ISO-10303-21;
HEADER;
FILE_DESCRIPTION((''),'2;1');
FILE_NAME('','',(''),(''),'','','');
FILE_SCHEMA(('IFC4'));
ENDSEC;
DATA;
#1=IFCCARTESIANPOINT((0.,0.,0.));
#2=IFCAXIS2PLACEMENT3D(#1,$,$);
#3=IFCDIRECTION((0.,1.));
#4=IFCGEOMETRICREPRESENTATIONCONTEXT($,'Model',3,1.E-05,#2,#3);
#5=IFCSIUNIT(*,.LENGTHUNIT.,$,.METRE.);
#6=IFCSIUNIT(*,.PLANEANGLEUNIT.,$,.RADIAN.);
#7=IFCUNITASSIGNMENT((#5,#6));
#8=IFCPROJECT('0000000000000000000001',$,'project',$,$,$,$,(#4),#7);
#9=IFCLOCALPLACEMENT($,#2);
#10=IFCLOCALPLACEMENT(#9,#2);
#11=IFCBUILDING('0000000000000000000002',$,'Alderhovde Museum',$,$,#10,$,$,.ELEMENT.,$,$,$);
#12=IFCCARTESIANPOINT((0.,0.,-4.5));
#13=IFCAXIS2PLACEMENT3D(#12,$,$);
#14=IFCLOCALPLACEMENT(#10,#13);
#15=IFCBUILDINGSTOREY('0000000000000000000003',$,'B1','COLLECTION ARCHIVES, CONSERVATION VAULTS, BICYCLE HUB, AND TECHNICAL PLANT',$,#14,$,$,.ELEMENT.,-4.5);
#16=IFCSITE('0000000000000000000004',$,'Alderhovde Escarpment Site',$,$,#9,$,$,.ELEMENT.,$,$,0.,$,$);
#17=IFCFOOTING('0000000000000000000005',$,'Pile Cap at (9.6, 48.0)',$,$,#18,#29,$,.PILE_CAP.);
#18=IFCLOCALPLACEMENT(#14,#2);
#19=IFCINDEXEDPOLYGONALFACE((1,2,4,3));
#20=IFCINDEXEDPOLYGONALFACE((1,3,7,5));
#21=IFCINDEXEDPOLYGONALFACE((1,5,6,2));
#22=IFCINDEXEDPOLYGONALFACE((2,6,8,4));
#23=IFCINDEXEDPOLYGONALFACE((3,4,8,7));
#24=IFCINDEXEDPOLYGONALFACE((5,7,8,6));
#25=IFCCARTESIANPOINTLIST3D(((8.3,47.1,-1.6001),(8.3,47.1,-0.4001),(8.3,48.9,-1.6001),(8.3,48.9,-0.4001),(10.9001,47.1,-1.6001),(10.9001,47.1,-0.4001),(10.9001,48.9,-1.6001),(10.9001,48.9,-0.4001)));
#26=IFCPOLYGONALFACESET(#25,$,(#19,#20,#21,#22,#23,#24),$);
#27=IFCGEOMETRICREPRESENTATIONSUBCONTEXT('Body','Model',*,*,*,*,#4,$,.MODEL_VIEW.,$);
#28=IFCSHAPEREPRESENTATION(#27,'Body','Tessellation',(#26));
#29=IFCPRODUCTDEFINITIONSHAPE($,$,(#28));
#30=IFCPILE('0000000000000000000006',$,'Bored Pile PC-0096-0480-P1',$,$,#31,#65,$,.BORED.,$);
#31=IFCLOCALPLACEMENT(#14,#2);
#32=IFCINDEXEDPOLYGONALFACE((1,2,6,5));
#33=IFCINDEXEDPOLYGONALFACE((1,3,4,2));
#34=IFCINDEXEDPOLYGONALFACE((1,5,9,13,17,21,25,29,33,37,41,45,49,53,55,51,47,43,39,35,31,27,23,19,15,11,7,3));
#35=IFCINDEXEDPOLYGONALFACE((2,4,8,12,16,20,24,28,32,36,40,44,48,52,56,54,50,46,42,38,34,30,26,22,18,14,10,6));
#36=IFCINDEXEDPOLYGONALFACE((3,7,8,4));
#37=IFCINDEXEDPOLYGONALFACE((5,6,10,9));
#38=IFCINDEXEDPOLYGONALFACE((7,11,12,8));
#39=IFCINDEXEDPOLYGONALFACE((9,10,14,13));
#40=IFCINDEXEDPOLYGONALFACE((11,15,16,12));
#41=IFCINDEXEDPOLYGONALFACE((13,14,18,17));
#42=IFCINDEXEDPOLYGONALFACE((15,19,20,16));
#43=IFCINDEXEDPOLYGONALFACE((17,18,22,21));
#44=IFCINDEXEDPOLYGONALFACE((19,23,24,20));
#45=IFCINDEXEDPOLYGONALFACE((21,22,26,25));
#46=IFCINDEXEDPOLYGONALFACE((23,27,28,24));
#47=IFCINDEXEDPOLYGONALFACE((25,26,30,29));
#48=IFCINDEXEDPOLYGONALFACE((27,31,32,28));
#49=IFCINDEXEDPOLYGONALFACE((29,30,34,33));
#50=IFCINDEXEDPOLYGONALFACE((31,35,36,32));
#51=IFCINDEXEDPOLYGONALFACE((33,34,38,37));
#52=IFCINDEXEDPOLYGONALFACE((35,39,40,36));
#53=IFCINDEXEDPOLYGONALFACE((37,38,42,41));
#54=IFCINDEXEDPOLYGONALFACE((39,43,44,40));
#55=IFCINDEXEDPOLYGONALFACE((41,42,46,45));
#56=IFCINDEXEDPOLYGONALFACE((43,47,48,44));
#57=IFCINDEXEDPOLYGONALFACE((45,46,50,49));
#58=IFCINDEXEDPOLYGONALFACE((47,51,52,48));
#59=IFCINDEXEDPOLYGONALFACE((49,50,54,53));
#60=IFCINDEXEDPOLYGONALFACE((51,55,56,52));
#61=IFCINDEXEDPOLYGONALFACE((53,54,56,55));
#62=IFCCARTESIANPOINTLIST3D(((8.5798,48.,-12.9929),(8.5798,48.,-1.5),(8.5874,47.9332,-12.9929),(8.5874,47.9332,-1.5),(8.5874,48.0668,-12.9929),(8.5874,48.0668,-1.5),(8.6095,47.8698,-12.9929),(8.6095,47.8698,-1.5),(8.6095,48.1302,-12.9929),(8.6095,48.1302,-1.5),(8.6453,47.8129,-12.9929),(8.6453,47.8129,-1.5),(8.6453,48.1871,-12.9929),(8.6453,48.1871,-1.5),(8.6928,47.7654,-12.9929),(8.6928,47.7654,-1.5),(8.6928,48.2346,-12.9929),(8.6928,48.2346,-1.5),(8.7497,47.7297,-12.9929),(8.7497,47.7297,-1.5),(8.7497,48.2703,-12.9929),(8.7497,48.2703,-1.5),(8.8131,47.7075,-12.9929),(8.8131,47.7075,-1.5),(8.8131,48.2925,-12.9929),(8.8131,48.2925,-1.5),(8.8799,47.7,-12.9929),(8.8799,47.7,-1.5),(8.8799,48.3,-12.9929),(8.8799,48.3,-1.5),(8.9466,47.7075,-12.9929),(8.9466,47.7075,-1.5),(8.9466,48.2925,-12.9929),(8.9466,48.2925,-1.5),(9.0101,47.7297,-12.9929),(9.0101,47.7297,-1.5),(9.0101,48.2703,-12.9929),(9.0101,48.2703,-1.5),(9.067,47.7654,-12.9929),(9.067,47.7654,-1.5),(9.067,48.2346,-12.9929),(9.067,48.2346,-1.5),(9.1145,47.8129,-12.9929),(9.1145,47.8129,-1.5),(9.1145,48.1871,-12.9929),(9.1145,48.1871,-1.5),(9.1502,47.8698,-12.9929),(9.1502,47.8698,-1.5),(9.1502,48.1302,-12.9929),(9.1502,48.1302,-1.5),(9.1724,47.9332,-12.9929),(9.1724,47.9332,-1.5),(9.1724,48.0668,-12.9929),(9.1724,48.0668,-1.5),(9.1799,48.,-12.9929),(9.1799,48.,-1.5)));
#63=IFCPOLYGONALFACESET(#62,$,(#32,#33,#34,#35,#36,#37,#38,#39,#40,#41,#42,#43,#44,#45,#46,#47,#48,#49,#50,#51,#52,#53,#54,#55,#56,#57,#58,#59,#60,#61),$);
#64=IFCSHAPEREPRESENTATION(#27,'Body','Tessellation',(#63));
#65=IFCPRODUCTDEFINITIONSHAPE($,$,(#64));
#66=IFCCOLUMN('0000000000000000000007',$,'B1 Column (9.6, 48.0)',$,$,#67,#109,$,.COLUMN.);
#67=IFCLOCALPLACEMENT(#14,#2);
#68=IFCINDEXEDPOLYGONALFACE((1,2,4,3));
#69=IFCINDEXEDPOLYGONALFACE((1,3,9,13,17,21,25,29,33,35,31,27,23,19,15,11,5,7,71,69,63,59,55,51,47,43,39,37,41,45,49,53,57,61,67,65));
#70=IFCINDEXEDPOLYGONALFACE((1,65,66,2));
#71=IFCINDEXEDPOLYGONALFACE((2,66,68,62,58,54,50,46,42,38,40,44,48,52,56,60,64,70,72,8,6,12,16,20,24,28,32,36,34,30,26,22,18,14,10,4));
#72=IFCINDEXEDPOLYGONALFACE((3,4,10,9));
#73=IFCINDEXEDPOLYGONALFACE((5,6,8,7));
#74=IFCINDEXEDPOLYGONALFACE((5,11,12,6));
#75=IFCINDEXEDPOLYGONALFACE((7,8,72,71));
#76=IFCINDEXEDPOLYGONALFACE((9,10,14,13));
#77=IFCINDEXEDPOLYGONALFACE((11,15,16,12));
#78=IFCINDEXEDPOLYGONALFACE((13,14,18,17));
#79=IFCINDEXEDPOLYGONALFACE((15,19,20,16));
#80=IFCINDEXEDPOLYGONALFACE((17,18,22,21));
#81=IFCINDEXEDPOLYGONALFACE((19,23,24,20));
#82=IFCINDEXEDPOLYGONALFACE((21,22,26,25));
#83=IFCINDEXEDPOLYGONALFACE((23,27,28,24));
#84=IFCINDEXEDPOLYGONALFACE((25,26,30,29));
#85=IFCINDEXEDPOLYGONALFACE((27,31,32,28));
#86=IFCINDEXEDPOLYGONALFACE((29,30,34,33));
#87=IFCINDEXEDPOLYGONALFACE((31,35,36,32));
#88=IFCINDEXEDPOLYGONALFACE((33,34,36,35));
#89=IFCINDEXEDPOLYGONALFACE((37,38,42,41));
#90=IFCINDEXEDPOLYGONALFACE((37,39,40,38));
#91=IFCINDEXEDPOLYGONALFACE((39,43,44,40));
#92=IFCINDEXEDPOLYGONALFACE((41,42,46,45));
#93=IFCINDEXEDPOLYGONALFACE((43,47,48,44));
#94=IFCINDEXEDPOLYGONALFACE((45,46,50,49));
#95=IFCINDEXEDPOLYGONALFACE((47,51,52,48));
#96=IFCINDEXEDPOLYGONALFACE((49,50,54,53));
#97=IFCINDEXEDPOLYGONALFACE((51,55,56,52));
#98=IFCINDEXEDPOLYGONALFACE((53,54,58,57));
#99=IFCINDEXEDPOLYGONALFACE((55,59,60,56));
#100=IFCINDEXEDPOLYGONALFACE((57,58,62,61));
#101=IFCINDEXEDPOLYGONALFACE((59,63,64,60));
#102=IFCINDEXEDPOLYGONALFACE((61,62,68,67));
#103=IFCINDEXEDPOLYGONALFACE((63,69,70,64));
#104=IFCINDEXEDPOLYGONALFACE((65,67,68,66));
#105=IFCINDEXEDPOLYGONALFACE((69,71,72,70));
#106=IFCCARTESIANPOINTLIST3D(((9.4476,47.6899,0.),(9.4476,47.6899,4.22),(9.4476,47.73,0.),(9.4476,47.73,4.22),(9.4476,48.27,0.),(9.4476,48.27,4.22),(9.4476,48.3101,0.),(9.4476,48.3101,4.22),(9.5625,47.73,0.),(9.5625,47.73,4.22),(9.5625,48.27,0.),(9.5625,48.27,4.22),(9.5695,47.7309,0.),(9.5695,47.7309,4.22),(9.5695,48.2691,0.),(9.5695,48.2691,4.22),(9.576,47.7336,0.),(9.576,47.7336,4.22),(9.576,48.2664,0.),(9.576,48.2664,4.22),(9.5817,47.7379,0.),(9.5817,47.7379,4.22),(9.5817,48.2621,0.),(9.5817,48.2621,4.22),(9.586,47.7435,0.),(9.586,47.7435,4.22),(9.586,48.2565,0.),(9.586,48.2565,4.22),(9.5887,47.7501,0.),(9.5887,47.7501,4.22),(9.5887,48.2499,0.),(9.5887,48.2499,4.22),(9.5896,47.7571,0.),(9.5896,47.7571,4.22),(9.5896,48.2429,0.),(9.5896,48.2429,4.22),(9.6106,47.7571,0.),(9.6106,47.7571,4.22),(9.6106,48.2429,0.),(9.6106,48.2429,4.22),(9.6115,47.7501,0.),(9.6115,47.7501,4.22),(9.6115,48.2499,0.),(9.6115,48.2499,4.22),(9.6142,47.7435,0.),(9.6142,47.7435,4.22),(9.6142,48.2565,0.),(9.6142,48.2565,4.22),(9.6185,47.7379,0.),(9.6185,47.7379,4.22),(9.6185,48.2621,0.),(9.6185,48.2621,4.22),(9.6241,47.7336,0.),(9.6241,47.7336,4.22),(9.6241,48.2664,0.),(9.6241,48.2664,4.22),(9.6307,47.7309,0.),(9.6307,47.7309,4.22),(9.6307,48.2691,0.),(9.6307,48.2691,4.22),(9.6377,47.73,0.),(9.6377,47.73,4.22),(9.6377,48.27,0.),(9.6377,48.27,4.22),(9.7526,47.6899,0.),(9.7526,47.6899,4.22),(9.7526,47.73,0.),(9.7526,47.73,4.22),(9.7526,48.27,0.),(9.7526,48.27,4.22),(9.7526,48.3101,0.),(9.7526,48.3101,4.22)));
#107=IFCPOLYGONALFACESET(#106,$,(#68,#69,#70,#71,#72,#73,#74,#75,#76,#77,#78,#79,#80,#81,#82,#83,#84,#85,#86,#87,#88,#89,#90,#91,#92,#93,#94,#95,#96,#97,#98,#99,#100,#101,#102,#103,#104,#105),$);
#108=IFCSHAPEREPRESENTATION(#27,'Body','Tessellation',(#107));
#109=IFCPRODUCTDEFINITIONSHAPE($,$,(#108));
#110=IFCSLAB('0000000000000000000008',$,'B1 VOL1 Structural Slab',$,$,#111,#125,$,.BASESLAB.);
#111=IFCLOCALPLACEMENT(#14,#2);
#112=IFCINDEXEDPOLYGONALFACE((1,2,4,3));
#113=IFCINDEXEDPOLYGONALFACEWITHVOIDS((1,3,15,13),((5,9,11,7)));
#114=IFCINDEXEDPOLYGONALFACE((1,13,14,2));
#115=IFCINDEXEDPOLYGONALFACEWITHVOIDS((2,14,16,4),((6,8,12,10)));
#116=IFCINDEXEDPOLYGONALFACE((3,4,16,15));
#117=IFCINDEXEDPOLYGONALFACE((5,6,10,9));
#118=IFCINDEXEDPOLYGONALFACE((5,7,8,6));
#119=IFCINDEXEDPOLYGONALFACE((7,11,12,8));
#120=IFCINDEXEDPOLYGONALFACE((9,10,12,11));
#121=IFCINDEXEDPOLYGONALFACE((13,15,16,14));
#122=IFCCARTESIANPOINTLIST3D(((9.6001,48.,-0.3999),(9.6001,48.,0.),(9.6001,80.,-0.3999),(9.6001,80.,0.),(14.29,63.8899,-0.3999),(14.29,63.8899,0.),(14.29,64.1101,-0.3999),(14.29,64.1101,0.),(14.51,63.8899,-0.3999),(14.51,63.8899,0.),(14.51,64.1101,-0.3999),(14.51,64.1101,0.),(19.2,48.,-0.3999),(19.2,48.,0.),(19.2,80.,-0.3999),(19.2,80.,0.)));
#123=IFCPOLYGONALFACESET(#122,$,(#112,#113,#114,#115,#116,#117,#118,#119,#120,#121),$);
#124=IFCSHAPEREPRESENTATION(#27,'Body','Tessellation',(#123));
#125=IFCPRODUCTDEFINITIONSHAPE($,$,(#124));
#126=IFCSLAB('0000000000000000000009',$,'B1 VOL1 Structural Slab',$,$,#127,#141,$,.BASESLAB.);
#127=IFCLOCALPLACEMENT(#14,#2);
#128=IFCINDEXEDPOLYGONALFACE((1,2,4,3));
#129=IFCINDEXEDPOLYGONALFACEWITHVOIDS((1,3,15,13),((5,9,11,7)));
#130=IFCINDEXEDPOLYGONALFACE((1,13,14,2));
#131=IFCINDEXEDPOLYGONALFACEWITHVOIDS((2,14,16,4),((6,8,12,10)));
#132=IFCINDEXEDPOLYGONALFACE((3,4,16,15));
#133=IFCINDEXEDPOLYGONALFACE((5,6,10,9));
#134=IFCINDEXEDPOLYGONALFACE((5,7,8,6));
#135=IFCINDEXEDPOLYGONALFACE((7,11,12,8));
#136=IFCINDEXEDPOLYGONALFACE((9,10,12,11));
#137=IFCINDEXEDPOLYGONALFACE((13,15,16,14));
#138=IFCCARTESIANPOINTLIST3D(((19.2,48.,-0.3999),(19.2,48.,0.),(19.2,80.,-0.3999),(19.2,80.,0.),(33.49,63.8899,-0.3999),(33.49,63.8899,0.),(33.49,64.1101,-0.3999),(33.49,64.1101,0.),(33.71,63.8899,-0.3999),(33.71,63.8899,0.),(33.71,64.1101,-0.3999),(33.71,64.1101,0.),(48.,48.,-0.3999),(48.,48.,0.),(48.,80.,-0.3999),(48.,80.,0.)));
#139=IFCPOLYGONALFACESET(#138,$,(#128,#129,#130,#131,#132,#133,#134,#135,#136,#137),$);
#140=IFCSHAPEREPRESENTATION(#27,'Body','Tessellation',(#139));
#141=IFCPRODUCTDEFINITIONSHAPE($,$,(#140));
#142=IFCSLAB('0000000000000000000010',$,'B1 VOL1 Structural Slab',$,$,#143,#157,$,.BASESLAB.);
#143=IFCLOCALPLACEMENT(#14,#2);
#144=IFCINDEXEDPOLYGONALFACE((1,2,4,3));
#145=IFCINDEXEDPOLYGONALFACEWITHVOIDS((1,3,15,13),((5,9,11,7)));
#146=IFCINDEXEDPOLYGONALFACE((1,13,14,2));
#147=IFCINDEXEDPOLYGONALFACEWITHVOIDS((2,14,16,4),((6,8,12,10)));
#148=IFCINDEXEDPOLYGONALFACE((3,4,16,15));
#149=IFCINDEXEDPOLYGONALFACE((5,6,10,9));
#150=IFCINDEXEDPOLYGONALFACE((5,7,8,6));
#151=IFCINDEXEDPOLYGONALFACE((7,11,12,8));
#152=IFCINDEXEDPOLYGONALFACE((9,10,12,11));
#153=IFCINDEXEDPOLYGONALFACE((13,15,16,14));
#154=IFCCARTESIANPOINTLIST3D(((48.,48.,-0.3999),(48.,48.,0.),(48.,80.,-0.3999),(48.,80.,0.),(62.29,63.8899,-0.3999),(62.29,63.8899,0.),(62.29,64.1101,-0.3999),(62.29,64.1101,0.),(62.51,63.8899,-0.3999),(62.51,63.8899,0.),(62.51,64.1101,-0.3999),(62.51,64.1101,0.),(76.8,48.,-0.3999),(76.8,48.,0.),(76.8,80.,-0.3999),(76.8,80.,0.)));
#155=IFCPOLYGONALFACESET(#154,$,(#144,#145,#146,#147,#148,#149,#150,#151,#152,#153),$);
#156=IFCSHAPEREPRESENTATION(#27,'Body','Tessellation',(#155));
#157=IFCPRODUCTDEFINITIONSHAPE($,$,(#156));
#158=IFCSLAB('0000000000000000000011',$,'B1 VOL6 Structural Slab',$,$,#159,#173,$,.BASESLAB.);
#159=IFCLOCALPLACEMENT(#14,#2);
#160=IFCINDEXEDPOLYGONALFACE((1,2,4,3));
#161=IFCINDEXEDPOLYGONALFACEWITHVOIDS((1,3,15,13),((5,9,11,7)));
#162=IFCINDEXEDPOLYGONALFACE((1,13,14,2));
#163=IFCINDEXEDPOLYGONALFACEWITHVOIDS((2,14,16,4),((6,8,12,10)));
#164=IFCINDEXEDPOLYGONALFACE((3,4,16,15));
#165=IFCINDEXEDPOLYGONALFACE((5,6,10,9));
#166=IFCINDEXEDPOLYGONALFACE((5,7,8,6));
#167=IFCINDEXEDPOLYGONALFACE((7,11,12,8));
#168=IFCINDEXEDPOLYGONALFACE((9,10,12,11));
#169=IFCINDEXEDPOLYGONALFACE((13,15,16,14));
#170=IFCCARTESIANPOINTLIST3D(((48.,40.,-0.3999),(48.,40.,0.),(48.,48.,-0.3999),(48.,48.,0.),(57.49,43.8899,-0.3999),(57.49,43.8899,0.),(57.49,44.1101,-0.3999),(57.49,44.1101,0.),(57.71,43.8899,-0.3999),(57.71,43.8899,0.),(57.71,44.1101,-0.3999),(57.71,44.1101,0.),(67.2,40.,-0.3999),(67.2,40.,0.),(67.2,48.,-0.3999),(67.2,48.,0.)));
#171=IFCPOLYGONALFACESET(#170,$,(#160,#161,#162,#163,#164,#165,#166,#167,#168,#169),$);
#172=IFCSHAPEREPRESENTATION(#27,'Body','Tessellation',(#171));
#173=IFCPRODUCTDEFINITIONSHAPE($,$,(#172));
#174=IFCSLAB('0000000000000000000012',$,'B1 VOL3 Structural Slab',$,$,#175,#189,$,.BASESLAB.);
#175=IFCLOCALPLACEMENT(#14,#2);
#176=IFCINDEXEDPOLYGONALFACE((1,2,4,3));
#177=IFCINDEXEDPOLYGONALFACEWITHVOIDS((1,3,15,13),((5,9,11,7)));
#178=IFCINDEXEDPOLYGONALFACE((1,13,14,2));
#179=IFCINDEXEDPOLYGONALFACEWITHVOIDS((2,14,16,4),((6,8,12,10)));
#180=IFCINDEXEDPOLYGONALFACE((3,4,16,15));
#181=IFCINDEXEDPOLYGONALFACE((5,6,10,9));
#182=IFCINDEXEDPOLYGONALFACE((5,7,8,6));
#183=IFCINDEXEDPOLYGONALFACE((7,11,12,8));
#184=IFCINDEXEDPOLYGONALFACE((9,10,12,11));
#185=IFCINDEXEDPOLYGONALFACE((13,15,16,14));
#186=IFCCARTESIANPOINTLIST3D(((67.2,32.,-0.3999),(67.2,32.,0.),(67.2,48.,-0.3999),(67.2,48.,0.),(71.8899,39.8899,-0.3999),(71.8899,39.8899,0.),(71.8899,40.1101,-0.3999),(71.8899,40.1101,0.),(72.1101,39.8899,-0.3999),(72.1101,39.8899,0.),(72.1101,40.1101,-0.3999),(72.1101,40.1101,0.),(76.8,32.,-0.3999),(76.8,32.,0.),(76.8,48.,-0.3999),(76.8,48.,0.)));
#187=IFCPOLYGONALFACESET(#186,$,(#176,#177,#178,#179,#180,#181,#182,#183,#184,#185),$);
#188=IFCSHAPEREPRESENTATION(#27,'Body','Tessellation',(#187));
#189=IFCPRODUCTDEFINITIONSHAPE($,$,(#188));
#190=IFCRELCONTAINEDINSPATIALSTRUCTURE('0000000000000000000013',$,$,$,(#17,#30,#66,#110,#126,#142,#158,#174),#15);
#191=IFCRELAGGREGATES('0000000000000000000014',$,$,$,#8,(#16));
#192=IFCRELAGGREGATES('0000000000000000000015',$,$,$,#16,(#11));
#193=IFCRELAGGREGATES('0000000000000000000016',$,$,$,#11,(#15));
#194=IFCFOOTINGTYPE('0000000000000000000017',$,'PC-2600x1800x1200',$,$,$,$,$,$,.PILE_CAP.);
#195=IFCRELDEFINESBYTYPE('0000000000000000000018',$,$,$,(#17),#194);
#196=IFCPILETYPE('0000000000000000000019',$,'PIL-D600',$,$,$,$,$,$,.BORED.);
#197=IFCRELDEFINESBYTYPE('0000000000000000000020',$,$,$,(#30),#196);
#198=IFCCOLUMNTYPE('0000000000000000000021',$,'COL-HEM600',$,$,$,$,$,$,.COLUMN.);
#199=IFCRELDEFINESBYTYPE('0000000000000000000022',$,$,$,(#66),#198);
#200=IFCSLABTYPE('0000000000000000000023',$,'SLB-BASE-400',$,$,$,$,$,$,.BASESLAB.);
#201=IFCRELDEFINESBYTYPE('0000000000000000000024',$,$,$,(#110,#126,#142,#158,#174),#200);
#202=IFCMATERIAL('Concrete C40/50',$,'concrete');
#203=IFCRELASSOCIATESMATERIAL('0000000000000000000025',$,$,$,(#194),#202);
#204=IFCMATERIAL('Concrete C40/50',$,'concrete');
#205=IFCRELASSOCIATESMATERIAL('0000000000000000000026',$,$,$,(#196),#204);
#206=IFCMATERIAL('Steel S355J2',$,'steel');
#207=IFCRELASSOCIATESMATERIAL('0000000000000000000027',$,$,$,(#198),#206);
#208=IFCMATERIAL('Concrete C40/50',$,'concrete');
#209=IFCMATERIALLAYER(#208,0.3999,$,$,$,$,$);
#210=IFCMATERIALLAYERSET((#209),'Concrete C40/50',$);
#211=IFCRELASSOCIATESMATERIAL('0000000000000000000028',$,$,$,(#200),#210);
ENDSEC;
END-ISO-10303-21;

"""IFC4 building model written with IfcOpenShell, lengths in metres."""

from ifc_helpers import new_model, si_unit, direction, frame, origin, origin_2d, place, context, subcontext, project, spatial, polyline, rectangle, circle, i_section, outline, extrude, material, layer, layer_set, material_profile, profile_set, type_object, element, save


model = new_model("IFC4")

# Units and contexts
model_context = context("Model", 3, precision=1e-05, world=origin(), true_north=direction((0.0, 1.0)))
body_context = subcontext(model_context, "Body", "Model", "MODEL_VIEW")
ifc_project = project(units=[si_unit("LENGTHUNIT", "METRE"), si_unit("PLANEANGLEUNIT", "RADIAN")], contexts=[model_context])

# Site, building, storey
site_placement = place(None, origin())
site = spatial("IfcSite", under=ifc_project, at=site_placement, Name="Alderhovde Escarpment Site", CompositionType="ELEMENT", RefElevation=0.0)
building_placement = place(site_placement, origin())
building = spatial("IfcBuilding", under=site, at=building_placement, Name="Alderhovde Museum", CompositionType="ELEMENT")
storey_placement = place(building_placement, frame((0.0, 0.0, -4.5)))
storey = spatial("IfcBuildingStorey", under=building, at=storey_placement, Name="B1", Description="COLLECTION ARCHIVES, CONSERVATION VAULTS, BICYCLE HUB, AND TECHNICAL PLANT", CompositionType="ELEMENT", Elevation=-4.5)

# Footing
ifc_material_1 = material(Name="Concrete C40/50", Category="concrete")
footing_type = type_object("IfcFootingType", Name="PC-2600x1800x1200", PredefinedType="PILE_CAP", material=ifc_material_1)
footing_placement = place(storey_placement, frame((9.6001, 48.0, -1.6001), z_axis=(0.0, 0.0, 1.0), x_axis=(1.0, 0.0, 0.0)))
element("IfcFooting", 1, at=footing_placement, inside=storey, type_object=footing_type, Name="Pile Cap at (9.6, 48.0)", PredefinedType="PILE_CAP", context=body_context, shape_type="SweptSolid", body=[
    extrude(rectangle(XDim=2.6001, YDim=1.8, at=origin_2d()), origin(), (0.0, 0.0, 1.0), 1.2),
])

# Pile
ifc_material_2 = material(Name="Concrete C40/50", Category="concrete")
ifc_material_profile_1 = material_profile(ifc_material_2, circle(Radius=0.3, at=origin_2d()), Name="PILE-D600")
ifc_profile_set_1 = profile_set([ifc_material_profile_1], Name="Concrete C40/50")
pile_type = type_object("IfcPileType", Name="PIL-D600", PredefinedType="BORED", material=ifc_profile_set_1)
pile_placement = place(storey_placement, frame((8.8799, 48.0, -1.5), z_axis=(0.0, 0.0, -1.0), x_axis=(1.0, 0.0, 0.0)))
element("IfcPile", 2, at=pile_placement, inside=storey, type_object=pile_type, Name="Bored Pile PC-0096-0480-P1", PredefinedType="BORED", context=body_context, shape_type="SweptSolid", body=[
    extrude(circle(Radius=0.3, at=origin_2d()), origin(), (0.0, 0.0, 1.0), 11.4929),
])

# Column
ifc_material_3 = material(Name="Steel S355J2", Category="steel")
ifc_material_profile_2 = material_profile(ifc_material_3, i_section(OverallWidth=0.3049, OverallDepth=0.6201, WebThickness=0.021, FlangeThickness=0.04, FilletRadius=0.0271, at=origin_2d()), Name="HEM 600")
ifc_profile_set_2 = profile_set([ifc_material_profile_2], Name="Steel S355J2")
column_type = type_object("IfcColumnType", Name="COL-HEM600", PredefinedType="COLUMN", material=ifc_profile_set_2)
column_placement = place(storey_placement, frame((9.6001, 48.0, 0.0), z_axis=(0.0, 0.0, 1.0), x_axis=(1.0, 0.0, 0.0)))
element("IfcColumn", 3, at=column_placement, inside=storey, type_object=column_type, Name="B1 Column (9.6, 48.0)", PredefinedType="COLUMN", context=body_context, shape_type="SweptSolid", body=[
    extrude(i_section(OverallWidth=0.3049, OverallDepth=0.6201, WebThickness=0.021, FlangeThickness=0.04, FilletRadius=0.0271, at=origin_2d()), origin(), (0.0, 0.0, 1.0), 4.22),
])

# Slabs
ifc_material_4 = material(Name="Concrete C40/50", Category="concrete")
ifc_layer_1 = layer(ifc_material_4, 0.3999)
ifc_layer_set_1 = layer_set([ifc_layer_1], Name="Concrete C40/50")
slab_type_1 = type_object("IfcSlabType", Name="SLB-BASE-400", PredefinedType="BASESLAB", material=ifc_layer_set_1)
slab_1_placement = place(storey_placement, frame((0.0, 0.0, -0.3999)))
element("IfcSlab", 4, at=slab_1_placement, inside=storey, type_object=slab_type_1, Name="B1 VOL1 Structural Slab", PredefinedType="BASESLAB", context=body_context, shape_type="SweptSolid", body=[
    extrude(outline(polyline([(9.6001, 48.0), (19.2, 48.0), (19.2, 80.0), (9.6001, 80.0), (9.6001, 48.0)]), holes=[polyline([(14.29, 63.8899), (14.51, 63.8899), (14.51, 64.1101), (14.29, 64.1101), (14.29, 63.8899)])]), origin(), (0.0, 0.0, 1.0), 0.3999),
])
slab_2_placement = place(storey_placement, frame((0.0, 0.0, -0.3999)))
element("IfcSlab", 5, at=slab_2_placement, inside=storey, type_object=slab_type_1, Name="B1 VOL1 Structural Slab", PredefinedType="BASESLAB", context=body_context, shape_type="SweptSolid", body=[
    extrude(outline(polyline([(19.2, 48.0), (48.0, 48.0), (48.0, 80.0), (19.2, 80.0), (19.2, 48.0)]), holes=[polyline([(33.49, 63.8899), (33.71, 63.8899), (33.71, 64.1101), (33.49, 64.1101), (33.49, 63.8899)])]), origin(), (0.0, 0.0, 1.0), 0.3999),
])
slab_3_placement = place(storey_placement, frame((0.0, 0.0, -0.3999)))
element("IfcSlab", 6, at=slab_3_placement, inside=storey, type_object=slab_type_1, Name="B1 VOL1 Structural Slab", PredefinedType="BASESLAB", context=body_context, shape_type="SweptSolid", body=[
    extrude(outline(polyline([(48.0, 48.0), (76.8, 48.0), (76.8, 80.0), (48.0, 80.0), (48.0, 48.0)]), holes=[polyline([(62.29, 63.8899), (62.51, 63.8899), (62.51, 64.1101), (62.29, 64.1101), (62.29, 63.8899)])]), origin(), (0.0, 0.0, 1.0), 0.3999),
])
slab_4_placement = place(storey_placement, frame((0.0, 0.0, -0.3999)))
element("IfcSlab", 7, at=slab_4_placement, inside=storey, type_object=slab_type_1, Name="B1 VOL6 Structural Slab", PredefinedType="BASESLAB", context=body_context, shape_type="SweptSolid", body=[
    extrude(outline(polyline([(48.0, 40.0), (67.2, 40.0), (67.2, 48.0), (48.0, 48.0), (48.0, 40.0)]), holes=[polyline([(57.49, 43.8899), (57.71, 43.8899), (57.71, 44.1101), (57.49, 44.1101), (57.49, 43.8899)])]), origin(), (0.0, 0.0, 1.0), 0.3999),
])
slab_5_placement = place(storey_placement, frame((0.0, 0.0, -0.3999)))
element("IfcSlab", 8, at=slab_5_placement, inside=storey, type_object=slab_type_1, Name="B1 VOL3 Structural Slab", PredefinedType="BASESLAB", context=body_context, shape_type="SweptSolid", body=[
    extrude(outline(polyline([(67.2, 32.0), (76.8, 32.0), (76.8, 48.0), (67.2, 48.0), (67.2, 32.0)]), holes=[polyline([(71.8899, 39.8899), (72.1101, 39.8899), (72.1101, 40.1101), (71.8899, 40.1101), (71.8899, 39.8899)])]), origin(), (0.0, 0.0, 1.0), 0.3999),
])

save(model, "model.ifc")
